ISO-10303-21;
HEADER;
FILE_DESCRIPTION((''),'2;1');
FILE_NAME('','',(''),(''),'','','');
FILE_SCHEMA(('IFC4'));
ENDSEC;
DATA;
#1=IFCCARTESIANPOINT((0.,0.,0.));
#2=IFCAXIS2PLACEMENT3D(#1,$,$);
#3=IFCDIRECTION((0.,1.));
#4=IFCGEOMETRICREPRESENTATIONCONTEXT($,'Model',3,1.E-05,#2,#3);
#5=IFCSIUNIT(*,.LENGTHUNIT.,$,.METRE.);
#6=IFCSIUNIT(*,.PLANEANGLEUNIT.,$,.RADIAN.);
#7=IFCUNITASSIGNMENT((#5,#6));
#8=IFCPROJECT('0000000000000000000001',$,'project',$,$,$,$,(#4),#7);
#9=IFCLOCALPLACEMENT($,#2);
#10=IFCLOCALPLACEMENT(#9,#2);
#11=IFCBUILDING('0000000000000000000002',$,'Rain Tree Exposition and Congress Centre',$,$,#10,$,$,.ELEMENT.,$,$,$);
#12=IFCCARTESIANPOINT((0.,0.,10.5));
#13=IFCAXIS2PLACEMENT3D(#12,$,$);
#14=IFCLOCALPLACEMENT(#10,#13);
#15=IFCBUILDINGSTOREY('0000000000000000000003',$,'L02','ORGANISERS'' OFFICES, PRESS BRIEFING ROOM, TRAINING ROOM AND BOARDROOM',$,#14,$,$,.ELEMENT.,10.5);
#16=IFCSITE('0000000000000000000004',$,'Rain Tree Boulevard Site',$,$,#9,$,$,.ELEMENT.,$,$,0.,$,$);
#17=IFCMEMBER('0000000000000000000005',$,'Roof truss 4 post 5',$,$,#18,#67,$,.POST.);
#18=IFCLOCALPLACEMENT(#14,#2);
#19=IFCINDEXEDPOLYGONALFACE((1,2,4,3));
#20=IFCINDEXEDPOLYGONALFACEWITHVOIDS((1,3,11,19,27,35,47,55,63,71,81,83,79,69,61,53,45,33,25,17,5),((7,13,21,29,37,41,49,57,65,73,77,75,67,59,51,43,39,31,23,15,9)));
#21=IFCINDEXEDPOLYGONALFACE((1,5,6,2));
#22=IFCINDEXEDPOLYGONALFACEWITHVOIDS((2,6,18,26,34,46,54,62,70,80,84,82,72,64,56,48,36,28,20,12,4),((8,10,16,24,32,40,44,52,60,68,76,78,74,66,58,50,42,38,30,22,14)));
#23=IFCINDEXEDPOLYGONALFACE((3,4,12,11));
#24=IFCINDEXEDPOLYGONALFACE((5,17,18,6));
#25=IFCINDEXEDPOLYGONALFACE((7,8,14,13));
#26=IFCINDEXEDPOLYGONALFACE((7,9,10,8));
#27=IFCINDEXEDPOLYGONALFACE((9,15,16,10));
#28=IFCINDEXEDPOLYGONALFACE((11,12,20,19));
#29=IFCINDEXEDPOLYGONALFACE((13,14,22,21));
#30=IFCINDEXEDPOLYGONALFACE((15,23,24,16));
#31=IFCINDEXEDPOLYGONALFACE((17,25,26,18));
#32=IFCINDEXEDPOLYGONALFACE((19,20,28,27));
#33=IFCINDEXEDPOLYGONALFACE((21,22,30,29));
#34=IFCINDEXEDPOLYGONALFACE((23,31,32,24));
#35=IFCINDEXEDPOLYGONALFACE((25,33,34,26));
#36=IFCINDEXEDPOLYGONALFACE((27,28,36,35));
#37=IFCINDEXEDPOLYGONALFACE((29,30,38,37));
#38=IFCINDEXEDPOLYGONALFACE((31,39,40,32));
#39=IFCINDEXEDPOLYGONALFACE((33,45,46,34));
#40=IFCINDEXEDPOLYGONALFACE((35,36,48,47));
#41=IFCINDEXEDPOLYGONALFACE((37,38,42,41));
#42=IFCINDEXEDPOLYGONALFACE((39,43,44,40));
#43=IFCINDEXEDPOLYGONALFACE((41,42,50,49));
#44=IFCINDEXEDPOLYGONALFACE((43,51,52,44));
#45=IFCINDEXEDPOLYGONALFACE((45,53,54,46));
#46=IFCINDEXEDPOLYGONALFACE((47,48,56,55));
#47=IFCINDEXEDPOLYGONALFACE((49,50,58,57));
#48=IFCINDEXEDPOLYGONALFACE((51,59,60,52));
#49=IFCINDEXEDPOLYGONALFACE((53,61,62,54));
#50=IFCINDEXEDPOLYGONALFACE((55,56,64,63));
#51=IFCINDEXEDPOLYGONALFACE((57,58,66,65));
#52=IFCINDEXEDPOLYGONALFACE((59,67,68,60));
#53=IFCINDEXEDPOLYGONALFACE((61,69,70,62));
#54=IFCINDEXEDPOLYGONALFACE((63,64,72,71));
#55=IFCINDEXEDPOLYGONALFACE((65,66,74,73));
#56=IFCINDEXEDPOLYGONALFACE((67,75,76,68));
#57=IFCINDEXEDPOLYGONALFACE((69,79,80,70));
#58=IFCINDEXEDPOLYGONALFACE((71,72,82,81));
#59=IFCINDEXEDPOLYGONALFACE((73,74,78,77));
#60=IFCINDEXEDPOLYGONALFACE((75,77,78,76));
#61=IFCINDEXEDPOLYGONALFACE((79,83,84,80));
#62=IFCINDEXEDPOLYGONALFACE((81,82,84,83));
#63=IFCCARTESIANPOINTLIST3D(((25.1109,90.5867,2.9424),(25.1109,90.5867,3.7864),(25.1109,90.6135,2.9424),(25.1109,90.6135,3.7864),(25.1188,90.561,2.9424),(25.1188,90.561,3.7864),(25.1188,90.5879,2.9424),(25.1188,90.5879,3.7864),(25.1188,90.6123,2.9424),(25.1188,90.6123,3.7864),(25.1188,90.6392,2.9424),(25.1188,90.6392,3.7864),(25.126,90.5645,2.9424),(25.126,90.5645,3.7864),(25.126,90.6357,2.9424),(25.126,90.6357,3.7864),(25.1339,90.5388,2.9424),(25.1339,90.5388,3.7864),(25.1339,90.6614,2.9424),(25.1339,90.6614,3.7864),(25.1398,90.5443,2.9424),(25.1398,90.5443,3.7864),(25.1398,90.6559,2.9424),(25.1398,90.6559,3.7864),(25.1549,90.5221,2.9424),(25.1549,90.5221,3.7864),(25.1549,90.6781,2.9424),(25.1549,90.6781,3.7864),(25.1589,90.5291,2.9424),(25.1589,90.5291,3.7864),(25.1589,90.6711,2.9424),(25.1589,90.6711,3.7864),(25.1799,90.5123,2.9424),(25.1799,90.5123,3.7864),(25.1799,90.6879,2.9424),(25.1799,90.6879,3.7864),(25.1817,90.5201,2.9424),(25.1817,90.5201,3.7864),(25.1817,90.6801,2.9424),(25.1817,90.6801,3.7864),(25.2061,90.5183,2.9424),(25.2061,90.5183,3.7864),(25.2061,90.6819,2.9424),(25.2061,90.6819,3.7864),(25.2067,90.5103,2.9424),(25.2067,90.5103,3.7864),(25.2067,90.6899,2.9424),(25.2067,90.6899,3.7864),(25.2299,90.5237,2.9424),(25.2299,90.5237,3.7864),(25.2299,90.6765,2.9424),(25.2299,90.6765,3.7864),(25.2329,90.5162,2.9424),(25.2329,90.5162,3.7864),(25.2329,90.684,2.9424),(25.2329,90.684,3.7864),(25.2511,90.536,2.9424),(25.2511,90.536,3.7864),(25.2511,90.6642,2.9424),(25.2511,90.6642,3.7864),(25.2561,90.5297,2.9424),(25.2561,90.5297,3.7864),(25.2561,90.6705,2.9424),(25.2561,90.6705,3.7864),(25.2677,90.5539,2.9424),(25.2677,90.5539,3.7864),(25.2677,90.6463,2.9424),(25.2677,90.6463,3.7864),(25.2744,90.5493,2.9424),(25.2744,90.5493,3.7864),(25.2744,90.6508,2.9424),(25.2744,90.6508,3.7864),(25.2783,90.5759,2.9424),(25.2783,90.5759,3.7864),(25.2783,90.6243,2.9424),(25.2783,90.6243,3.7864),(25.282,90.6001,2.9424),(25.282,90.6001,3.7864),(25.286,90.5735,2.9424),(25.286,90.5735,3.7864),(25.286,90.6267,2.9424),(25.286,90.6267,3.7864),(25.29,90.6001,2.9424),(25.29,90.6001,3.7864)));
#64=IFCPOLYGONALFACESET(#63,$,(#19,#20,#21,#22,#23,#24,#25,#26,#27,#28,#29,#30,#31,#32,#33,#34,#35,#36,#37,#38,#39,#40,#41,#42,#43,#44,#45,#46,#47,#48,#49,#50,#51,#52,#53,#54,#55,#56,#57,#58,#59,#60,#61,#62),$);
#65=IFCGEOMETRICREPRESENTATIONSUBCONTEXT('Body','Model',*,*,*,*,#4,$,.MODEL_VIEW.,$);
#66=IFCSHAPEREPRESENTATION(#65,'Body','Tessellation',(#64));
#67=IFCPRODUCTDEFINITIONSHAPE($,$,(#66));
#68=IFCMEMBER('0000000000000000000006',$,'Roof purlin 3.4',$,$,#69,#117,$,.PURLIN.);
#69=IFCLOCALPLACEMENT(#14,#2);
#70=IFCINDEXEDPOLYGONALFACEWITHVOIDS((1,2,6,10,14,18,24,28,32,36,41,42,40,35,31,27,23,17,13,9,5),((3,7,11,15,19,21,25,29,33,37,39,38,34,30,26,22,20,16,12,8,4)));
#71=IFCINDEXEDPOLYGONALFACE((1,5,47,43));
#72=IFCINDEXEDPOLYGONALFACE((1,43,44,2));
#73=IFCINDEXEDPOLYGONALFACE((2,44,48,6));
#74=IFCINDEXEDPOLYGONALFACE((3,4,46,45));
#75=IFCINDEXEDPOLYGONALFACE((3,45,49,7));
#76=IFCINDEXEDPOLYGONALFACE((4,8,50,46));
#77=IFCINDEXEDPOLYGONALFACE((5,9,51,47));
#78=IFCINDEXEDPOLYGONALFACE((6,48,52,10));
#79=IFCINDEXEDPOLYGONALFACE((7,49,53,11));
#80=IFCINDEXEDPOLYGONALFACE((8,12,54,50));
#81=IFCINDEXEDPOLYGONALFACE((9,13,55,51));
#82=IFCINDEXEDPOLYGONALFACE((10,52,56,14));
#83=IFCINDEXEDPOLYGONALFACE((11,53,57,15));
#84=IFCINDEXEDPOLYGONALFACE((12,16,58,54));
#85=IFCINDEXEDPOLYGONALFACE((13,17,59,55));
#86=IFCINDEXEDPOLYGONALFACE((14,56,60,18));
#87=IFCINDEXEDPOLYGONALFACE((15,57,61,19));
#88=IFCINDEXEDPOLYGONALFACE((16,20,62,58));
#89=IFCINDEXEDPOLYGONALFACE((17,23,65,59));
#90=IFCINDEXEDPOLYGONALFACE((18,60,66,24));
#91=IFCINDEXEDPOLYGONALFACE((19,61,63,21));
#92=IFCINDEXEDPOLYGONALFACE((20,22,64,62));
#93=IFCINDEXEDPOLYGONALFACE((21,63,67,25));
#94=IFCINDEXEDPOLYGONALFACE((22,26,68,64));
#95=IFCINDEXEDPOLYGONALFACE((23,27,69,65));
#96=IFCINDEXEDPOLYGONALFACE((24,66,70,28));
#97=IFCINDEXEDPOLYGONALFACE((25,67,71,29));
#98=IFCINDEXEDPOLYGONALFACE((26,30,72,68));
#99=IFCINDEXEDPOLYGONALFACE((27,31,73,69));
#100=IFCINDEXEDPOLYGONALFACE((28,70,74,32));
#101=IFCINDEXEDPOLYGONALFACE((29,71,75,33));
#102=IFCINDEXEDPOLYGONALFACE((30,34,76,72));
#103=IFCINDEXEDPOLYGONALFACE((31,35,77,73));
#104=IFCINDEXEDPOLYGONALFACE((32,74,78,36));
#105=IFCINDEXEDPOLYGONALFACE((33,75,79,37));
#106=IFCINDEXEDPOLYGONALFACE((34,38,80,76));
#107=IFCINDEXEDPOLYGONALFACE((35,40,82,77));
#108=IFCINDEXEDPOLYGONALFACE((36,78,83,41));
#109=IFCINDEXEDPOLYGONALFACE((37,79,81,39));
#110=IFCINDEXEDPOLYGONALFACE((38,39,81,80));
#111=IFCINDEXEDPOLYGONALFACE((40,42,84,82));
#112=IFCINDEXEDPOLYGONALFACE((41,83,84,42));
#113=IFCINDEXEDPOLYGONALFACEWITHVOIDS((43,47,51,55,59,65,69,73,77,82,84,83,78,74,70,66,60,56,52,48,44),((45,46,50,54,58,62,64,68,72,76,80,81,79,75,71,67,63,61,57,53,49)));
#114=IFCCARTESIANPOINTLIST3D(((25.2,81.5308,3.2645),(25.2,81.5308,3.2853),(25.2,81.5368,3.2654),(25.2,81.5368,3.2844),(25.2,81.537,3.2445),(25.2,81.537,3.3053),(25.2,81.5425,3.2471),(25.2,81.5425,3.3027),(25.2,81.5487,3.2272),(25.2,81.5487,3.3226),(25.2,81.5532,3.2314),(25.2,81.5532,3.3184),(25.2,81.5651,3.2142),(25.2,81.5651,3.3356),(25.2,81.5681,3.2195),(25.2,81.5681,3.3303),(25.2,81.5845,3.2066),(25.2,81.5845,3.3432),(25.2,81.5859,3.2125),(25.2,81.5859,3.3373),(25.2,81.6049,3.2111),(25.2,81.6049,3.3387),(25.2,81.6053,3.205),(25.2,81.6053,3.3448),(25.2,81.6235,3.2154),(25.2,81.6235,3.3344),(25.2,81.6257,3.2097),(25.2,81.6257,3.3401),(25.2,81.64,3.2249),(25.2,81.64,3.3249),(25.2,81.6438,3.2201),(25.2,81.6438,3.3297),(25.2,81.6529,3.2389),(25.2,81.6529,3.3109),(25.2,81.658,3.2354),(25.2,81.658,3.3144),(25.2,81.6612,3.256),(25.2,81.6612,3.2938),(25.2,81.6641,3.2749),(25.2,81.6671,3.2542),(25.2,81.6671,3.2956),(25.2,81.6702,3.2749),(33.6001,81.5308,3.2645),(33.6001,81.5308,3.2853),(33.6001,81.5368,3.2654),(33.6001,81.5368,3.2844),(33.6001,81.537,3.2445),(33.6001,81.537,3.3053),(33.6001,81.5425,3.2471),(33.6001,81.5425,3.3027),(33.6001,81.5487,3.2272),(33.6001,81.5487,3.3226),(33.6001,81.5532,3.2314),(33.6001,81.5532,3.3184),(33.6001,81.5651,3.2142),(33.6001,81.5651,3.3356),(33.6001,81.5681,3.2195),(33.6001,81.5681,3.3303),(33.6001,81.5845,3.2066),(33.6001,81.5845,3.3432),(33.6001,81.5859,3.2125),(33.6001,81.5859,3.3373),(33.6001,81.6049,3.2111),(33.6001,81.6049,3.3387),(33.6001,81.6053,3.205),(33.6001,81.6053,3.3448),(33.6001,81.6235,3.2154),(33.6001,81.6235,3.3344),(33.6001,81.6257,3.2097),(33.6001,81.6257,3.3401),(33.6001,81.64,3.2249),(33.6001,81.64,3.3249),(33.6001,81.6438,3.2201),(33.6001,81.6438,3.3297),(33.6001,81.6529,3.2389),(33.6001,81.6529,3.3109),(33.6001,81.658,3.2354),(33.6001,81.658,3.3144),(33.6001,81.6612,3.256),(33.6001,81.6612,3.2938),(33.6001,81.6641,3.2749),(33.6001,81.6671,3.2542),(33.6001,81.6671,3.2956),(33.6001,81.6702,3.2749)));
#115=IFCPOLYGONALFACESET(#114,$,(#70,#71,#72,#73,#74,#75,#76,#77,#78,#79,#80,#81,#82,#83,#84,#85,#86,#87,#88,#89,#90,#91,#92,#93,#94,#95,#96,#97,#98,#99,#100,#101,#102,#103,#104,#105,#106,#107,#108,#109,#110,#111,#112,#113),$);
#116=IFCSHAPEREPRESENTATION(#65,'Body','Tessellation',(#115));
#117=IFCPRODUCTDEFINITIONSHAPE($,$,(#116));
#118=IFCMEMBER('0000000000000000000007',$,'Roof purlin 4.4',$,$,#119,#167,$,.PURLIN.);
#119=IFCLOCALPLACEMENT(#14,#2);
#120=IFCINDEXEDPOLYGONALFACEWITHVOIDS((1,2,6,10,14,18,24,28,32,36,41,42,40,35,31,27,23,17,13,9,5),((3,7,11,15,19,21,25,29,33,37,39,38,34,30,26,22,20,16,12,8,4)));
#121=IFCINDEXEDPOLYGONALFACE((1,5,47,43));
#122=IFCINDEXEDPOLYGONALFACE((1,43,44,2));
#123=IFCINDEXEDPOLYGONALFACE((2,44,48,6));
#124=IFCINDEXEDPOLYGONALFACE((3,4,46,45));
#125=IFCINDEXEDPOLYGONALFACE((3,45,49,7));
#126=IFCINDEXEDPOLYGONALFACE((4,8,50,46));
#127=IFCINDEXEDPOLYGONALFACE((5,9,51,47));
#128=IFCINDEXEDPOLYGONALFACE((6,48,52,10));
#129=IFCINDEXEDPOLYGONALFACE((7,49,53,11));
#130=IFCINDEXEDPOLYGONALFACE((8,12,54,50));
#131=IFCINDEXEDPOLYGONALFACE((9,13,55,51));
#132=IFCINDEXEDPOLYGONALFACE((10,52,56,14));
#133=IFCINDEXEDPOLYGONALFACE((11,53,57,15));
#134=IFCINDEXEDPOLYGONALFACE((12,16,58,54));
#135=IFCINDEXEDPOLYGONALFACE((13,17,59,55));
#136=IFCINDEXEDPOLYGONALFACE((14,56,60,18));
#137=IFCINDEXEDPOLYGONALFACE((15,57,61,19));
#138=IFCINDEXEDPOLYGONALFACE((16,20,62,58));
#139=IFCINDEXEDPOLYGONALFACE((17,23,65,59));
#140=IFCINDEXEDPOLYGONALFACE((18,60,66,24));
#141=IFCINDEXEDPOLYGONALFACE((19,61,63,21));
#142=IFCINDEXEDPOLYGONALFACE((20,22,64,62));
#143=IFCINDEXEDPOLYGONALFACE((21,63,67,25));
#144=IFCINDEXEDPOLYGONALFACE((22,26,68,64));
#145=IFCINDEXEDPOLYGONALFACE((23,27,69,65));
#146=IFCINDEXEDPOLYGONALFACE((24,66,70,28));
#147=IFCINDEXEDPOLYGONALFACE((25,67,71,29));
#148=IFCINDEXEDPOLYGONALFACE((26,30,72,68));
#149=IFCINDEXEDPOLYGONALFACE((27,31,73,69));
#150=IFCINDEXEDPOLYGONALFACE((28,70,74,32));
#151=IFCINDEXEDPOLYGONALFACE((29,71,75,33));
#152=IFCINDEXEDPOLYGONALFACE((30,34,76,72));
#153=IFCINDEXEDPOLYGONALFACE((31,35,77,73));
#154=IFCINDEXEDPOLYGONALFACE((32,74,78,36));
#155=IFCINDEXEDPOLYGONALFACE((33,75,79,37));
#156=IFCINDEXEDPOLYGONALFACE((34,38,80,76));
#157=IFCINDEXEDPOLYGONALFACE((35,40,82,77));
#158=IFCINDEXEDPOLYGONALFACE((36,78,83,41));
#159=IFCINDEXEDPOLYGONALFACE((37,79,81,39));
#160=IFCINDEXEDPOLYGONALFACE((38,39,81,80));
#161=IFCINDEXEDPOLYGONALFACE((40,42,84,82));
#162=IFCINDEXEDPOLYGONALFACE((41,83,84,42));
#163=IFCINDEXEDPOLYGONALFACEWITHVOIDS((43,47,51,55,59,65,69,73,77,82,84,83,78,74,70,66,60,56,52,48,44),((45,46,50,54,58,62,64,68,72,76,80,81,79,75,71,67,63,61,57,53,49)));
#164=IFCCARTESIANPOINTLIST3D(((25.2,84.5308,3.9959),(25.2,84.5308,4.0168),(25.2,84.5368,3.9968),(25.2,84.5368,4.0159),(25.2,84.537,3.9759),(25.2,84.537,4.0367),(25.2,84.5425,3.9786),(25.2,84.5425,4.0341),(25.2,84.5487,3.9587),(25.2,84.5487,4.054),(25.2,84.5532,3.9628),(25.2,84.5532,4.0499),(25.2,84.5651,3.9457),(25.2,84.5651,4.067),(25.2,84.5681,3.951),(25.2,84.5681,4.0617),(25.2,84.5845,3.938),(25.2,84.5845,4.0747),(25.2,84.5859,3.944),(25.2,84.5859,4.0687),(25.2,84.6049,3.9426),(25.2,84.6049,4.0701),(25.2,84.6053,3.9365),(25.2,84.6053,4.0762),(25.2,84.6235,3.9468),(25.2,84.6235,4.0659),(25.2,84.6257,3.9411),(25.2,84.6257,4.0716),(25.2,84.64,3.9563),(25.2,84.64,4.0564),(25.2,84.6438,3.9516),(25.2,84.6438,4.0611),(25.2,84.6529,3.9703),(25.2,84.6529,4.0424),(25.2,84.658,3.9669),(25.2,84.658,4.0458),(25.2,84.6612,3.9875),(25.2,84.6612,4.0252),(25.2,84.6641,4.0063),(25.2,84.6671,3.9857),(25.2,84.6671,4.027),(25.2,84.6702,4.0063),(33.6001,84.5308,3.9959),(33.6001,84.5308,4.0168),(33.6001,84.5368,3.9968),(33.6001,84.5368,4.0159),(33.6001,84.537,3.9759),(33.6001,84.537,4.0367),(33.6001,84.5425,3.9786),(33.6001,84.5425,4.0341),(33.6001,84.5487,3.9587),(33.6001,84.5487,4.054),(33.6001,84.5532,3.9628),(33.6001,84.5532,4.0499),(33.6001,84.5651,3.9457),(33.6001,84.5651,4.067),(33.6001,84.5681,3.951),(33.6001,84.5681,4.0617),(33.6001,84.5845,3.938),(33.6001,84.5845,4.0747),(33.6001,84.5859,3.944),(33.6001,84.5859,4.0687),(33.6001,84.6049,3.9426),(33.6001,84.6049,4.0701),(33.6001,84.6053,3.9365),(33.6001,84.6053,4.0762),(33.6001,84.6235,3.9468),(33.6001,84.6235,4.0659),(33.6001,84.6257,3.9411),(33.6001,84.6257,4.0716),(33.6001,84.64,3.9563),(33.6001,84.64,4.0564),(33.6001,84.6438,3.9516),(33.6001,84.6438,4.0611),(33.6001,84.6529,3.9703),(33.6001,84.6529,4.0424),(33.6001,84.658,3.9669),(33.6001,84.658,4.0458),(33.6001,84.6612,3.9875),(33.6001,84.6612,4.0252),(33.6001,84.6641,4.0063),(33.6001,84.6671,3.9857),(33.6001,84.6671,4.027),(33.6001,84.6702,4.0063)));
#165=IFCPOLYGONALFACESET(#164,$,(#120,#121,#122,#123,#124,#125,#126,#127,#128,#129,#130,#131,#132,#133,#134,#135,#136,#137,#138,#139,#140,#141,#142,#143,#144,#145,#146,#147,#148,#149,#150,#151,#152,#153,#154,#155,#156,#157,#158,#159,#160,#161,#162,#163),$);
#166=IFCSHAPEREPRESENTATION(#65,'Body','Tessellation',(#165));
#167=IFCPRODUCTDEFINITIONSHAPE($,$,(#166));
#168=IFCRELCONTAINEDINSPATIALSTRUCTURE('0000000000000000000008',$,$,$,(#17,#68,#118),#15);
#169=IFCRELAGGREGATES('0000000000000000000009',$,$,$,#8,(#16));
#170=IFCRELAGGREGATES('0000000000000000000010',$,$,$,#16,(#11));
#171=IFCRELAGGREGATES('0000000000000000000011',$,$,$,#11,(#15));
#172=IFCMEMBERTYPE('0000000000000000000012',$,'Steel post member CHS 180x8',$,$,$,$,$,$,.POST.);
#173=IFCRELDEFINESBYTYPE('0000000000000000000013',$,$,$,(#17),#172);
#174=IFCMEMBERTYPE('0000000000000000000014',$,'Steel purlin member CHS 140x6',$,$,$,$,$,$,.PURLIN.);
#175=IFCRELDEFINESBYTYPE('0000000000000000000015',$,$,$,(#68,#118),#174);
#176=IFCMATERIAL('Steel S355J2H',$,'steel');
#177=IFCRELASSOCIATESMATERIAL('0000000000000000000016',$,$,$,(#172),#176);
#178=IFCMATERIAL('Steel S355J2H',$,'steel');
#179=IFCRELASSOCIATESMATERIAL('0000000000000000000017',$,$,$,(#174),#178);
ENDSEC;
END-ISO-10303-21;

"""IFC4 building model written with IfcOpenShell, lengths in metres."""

from ifc_helpers import new_model, si_unit, direction, frame, origin, origin_2d, place, context, subcontext, project, spatial, hollow_circle, extrude, material, material_profile, profile_set, type_object, element, save


model = new_model("IFC4")

# Units and contexts
model_context = context("Model", 3, precision=1e-05, world=origin(), true_north=direction((0.0, 1.0)))
body_context = subcontext(model_context, "Body", "Model", "MODEL_VIEW")
ifc_project = project(units=[si_unit("LENGTHUNIT", "METRE"), si_unit("PLANEANGLEUNIT", "RADIAN")], contexts=[model_context])

# Site, building, storey
site_placement = place(None, origin())
site = spatial("IfcSite", under=ifc_project, at=site_placement, Name="Rain Tree Boulevard Site", CompositionType="ELEMENT", RefElevation=0.0)
building_placement = place(site_placement, origin())
building = spatial("IfcBuilding", under=site, at=building_placement, Name="Rain Tree Exposition and Congress Centre", CompositionType="ELEMENT")
storey_placement = place(building_placement, frame((0.0, 0.0, 10.5)))
storey = spatial("IfcBuildingStorey", under=building, at=storey_placement, Name="L02", Description="ORGANISERS' OFFICES, PRESS BRIEFING ROOM, TRAINING ROOM AND BOARDROOM", CompositionType="ELEMENT", Elevation=10.5)

# Members
ifc_material_1 = material(Name="Steel S355J2H", Category="steel")
ifc_material_profile_1 = material_profile(ifc_material_1, hollow_circle(Radius=0.0901, WallThickness=0.0081, at=origin_2d()), Name="CHS 180x8")
ifc_profile_set_1 = profile_set([ifc_material_profile_1], Name="Steel S355J2H")
member_type_1 = type_object("IfcMemberType", Name="Steel post member CHS 180x8", PredefinedType="POST", material=ifc_profile_set_1)
member_1_placement = place(storey_placement, frame((25.2, 90.6001, 2.9424), z_axis=(0.0, 0.0, 1.0), x_axis=(1.0, 0.0, 0.0)))
element("IfcMember", 1, at=member_1_placement, inside=storey, type_object=member_type_1, Name="Roof truss 4 post 5", PredefinedType="POST", context=body_context, shape_type="SweptSolid", body=[
    extrude(hollow_circle(Radius=0.0901, WallThickness=0.0081, at=origin_2d()), origin(), (0.0, 0.0, 1.0), 0.844),
])
ifc_material_2 = material(Name="Steel S355J2H", Category="steel")
ifc_material_profile_2 = material_profile(ifc_material_2, hollow_circle(Radius=0.0701, WallThickness=0.0061, at=origin_2d()), Name="CHS 140x6")
ifc_profile_set_2 = profile_set([ifc_material_profile_2], Name="Steel S355J2H")
member_type_2 = type_object("IfcMemberType", Name="Steel purlin member CHS 140x6", PredefinedType="PURLIN", material=ifc_profile_set_2)
for number, where, z_axis, x_axis, name in (
    (2, (25.2, 81.6001, 3.2749), (1.0, 0.0, 0.0), (0.0, 1.0, 0.0), "Roof purlin 3.4"),
    (3, (25.2, 84.6001, 4.0063), (1.0, 0.0, 0.0), (0.0, 1.0, 0.0), "Roof purlin 4.4"),
):
    element("IfcMember", number, at=place(storey_placement, frame(where, z_axis=z_axis, x_axis=x_axis)), inside=storey, type_object=member_type_2, Name=name, PredefinedType="PURLIN", context=body_context, shape_type="SweptSolid", body=[
        extrude(hollow_circle(Radius=0.0701, WallThickness=0.0061, at=origin_2d()), origin(), (0.0, 0.0, 1.0), 8.4001),
    ])

save(model, "model.ifc")
